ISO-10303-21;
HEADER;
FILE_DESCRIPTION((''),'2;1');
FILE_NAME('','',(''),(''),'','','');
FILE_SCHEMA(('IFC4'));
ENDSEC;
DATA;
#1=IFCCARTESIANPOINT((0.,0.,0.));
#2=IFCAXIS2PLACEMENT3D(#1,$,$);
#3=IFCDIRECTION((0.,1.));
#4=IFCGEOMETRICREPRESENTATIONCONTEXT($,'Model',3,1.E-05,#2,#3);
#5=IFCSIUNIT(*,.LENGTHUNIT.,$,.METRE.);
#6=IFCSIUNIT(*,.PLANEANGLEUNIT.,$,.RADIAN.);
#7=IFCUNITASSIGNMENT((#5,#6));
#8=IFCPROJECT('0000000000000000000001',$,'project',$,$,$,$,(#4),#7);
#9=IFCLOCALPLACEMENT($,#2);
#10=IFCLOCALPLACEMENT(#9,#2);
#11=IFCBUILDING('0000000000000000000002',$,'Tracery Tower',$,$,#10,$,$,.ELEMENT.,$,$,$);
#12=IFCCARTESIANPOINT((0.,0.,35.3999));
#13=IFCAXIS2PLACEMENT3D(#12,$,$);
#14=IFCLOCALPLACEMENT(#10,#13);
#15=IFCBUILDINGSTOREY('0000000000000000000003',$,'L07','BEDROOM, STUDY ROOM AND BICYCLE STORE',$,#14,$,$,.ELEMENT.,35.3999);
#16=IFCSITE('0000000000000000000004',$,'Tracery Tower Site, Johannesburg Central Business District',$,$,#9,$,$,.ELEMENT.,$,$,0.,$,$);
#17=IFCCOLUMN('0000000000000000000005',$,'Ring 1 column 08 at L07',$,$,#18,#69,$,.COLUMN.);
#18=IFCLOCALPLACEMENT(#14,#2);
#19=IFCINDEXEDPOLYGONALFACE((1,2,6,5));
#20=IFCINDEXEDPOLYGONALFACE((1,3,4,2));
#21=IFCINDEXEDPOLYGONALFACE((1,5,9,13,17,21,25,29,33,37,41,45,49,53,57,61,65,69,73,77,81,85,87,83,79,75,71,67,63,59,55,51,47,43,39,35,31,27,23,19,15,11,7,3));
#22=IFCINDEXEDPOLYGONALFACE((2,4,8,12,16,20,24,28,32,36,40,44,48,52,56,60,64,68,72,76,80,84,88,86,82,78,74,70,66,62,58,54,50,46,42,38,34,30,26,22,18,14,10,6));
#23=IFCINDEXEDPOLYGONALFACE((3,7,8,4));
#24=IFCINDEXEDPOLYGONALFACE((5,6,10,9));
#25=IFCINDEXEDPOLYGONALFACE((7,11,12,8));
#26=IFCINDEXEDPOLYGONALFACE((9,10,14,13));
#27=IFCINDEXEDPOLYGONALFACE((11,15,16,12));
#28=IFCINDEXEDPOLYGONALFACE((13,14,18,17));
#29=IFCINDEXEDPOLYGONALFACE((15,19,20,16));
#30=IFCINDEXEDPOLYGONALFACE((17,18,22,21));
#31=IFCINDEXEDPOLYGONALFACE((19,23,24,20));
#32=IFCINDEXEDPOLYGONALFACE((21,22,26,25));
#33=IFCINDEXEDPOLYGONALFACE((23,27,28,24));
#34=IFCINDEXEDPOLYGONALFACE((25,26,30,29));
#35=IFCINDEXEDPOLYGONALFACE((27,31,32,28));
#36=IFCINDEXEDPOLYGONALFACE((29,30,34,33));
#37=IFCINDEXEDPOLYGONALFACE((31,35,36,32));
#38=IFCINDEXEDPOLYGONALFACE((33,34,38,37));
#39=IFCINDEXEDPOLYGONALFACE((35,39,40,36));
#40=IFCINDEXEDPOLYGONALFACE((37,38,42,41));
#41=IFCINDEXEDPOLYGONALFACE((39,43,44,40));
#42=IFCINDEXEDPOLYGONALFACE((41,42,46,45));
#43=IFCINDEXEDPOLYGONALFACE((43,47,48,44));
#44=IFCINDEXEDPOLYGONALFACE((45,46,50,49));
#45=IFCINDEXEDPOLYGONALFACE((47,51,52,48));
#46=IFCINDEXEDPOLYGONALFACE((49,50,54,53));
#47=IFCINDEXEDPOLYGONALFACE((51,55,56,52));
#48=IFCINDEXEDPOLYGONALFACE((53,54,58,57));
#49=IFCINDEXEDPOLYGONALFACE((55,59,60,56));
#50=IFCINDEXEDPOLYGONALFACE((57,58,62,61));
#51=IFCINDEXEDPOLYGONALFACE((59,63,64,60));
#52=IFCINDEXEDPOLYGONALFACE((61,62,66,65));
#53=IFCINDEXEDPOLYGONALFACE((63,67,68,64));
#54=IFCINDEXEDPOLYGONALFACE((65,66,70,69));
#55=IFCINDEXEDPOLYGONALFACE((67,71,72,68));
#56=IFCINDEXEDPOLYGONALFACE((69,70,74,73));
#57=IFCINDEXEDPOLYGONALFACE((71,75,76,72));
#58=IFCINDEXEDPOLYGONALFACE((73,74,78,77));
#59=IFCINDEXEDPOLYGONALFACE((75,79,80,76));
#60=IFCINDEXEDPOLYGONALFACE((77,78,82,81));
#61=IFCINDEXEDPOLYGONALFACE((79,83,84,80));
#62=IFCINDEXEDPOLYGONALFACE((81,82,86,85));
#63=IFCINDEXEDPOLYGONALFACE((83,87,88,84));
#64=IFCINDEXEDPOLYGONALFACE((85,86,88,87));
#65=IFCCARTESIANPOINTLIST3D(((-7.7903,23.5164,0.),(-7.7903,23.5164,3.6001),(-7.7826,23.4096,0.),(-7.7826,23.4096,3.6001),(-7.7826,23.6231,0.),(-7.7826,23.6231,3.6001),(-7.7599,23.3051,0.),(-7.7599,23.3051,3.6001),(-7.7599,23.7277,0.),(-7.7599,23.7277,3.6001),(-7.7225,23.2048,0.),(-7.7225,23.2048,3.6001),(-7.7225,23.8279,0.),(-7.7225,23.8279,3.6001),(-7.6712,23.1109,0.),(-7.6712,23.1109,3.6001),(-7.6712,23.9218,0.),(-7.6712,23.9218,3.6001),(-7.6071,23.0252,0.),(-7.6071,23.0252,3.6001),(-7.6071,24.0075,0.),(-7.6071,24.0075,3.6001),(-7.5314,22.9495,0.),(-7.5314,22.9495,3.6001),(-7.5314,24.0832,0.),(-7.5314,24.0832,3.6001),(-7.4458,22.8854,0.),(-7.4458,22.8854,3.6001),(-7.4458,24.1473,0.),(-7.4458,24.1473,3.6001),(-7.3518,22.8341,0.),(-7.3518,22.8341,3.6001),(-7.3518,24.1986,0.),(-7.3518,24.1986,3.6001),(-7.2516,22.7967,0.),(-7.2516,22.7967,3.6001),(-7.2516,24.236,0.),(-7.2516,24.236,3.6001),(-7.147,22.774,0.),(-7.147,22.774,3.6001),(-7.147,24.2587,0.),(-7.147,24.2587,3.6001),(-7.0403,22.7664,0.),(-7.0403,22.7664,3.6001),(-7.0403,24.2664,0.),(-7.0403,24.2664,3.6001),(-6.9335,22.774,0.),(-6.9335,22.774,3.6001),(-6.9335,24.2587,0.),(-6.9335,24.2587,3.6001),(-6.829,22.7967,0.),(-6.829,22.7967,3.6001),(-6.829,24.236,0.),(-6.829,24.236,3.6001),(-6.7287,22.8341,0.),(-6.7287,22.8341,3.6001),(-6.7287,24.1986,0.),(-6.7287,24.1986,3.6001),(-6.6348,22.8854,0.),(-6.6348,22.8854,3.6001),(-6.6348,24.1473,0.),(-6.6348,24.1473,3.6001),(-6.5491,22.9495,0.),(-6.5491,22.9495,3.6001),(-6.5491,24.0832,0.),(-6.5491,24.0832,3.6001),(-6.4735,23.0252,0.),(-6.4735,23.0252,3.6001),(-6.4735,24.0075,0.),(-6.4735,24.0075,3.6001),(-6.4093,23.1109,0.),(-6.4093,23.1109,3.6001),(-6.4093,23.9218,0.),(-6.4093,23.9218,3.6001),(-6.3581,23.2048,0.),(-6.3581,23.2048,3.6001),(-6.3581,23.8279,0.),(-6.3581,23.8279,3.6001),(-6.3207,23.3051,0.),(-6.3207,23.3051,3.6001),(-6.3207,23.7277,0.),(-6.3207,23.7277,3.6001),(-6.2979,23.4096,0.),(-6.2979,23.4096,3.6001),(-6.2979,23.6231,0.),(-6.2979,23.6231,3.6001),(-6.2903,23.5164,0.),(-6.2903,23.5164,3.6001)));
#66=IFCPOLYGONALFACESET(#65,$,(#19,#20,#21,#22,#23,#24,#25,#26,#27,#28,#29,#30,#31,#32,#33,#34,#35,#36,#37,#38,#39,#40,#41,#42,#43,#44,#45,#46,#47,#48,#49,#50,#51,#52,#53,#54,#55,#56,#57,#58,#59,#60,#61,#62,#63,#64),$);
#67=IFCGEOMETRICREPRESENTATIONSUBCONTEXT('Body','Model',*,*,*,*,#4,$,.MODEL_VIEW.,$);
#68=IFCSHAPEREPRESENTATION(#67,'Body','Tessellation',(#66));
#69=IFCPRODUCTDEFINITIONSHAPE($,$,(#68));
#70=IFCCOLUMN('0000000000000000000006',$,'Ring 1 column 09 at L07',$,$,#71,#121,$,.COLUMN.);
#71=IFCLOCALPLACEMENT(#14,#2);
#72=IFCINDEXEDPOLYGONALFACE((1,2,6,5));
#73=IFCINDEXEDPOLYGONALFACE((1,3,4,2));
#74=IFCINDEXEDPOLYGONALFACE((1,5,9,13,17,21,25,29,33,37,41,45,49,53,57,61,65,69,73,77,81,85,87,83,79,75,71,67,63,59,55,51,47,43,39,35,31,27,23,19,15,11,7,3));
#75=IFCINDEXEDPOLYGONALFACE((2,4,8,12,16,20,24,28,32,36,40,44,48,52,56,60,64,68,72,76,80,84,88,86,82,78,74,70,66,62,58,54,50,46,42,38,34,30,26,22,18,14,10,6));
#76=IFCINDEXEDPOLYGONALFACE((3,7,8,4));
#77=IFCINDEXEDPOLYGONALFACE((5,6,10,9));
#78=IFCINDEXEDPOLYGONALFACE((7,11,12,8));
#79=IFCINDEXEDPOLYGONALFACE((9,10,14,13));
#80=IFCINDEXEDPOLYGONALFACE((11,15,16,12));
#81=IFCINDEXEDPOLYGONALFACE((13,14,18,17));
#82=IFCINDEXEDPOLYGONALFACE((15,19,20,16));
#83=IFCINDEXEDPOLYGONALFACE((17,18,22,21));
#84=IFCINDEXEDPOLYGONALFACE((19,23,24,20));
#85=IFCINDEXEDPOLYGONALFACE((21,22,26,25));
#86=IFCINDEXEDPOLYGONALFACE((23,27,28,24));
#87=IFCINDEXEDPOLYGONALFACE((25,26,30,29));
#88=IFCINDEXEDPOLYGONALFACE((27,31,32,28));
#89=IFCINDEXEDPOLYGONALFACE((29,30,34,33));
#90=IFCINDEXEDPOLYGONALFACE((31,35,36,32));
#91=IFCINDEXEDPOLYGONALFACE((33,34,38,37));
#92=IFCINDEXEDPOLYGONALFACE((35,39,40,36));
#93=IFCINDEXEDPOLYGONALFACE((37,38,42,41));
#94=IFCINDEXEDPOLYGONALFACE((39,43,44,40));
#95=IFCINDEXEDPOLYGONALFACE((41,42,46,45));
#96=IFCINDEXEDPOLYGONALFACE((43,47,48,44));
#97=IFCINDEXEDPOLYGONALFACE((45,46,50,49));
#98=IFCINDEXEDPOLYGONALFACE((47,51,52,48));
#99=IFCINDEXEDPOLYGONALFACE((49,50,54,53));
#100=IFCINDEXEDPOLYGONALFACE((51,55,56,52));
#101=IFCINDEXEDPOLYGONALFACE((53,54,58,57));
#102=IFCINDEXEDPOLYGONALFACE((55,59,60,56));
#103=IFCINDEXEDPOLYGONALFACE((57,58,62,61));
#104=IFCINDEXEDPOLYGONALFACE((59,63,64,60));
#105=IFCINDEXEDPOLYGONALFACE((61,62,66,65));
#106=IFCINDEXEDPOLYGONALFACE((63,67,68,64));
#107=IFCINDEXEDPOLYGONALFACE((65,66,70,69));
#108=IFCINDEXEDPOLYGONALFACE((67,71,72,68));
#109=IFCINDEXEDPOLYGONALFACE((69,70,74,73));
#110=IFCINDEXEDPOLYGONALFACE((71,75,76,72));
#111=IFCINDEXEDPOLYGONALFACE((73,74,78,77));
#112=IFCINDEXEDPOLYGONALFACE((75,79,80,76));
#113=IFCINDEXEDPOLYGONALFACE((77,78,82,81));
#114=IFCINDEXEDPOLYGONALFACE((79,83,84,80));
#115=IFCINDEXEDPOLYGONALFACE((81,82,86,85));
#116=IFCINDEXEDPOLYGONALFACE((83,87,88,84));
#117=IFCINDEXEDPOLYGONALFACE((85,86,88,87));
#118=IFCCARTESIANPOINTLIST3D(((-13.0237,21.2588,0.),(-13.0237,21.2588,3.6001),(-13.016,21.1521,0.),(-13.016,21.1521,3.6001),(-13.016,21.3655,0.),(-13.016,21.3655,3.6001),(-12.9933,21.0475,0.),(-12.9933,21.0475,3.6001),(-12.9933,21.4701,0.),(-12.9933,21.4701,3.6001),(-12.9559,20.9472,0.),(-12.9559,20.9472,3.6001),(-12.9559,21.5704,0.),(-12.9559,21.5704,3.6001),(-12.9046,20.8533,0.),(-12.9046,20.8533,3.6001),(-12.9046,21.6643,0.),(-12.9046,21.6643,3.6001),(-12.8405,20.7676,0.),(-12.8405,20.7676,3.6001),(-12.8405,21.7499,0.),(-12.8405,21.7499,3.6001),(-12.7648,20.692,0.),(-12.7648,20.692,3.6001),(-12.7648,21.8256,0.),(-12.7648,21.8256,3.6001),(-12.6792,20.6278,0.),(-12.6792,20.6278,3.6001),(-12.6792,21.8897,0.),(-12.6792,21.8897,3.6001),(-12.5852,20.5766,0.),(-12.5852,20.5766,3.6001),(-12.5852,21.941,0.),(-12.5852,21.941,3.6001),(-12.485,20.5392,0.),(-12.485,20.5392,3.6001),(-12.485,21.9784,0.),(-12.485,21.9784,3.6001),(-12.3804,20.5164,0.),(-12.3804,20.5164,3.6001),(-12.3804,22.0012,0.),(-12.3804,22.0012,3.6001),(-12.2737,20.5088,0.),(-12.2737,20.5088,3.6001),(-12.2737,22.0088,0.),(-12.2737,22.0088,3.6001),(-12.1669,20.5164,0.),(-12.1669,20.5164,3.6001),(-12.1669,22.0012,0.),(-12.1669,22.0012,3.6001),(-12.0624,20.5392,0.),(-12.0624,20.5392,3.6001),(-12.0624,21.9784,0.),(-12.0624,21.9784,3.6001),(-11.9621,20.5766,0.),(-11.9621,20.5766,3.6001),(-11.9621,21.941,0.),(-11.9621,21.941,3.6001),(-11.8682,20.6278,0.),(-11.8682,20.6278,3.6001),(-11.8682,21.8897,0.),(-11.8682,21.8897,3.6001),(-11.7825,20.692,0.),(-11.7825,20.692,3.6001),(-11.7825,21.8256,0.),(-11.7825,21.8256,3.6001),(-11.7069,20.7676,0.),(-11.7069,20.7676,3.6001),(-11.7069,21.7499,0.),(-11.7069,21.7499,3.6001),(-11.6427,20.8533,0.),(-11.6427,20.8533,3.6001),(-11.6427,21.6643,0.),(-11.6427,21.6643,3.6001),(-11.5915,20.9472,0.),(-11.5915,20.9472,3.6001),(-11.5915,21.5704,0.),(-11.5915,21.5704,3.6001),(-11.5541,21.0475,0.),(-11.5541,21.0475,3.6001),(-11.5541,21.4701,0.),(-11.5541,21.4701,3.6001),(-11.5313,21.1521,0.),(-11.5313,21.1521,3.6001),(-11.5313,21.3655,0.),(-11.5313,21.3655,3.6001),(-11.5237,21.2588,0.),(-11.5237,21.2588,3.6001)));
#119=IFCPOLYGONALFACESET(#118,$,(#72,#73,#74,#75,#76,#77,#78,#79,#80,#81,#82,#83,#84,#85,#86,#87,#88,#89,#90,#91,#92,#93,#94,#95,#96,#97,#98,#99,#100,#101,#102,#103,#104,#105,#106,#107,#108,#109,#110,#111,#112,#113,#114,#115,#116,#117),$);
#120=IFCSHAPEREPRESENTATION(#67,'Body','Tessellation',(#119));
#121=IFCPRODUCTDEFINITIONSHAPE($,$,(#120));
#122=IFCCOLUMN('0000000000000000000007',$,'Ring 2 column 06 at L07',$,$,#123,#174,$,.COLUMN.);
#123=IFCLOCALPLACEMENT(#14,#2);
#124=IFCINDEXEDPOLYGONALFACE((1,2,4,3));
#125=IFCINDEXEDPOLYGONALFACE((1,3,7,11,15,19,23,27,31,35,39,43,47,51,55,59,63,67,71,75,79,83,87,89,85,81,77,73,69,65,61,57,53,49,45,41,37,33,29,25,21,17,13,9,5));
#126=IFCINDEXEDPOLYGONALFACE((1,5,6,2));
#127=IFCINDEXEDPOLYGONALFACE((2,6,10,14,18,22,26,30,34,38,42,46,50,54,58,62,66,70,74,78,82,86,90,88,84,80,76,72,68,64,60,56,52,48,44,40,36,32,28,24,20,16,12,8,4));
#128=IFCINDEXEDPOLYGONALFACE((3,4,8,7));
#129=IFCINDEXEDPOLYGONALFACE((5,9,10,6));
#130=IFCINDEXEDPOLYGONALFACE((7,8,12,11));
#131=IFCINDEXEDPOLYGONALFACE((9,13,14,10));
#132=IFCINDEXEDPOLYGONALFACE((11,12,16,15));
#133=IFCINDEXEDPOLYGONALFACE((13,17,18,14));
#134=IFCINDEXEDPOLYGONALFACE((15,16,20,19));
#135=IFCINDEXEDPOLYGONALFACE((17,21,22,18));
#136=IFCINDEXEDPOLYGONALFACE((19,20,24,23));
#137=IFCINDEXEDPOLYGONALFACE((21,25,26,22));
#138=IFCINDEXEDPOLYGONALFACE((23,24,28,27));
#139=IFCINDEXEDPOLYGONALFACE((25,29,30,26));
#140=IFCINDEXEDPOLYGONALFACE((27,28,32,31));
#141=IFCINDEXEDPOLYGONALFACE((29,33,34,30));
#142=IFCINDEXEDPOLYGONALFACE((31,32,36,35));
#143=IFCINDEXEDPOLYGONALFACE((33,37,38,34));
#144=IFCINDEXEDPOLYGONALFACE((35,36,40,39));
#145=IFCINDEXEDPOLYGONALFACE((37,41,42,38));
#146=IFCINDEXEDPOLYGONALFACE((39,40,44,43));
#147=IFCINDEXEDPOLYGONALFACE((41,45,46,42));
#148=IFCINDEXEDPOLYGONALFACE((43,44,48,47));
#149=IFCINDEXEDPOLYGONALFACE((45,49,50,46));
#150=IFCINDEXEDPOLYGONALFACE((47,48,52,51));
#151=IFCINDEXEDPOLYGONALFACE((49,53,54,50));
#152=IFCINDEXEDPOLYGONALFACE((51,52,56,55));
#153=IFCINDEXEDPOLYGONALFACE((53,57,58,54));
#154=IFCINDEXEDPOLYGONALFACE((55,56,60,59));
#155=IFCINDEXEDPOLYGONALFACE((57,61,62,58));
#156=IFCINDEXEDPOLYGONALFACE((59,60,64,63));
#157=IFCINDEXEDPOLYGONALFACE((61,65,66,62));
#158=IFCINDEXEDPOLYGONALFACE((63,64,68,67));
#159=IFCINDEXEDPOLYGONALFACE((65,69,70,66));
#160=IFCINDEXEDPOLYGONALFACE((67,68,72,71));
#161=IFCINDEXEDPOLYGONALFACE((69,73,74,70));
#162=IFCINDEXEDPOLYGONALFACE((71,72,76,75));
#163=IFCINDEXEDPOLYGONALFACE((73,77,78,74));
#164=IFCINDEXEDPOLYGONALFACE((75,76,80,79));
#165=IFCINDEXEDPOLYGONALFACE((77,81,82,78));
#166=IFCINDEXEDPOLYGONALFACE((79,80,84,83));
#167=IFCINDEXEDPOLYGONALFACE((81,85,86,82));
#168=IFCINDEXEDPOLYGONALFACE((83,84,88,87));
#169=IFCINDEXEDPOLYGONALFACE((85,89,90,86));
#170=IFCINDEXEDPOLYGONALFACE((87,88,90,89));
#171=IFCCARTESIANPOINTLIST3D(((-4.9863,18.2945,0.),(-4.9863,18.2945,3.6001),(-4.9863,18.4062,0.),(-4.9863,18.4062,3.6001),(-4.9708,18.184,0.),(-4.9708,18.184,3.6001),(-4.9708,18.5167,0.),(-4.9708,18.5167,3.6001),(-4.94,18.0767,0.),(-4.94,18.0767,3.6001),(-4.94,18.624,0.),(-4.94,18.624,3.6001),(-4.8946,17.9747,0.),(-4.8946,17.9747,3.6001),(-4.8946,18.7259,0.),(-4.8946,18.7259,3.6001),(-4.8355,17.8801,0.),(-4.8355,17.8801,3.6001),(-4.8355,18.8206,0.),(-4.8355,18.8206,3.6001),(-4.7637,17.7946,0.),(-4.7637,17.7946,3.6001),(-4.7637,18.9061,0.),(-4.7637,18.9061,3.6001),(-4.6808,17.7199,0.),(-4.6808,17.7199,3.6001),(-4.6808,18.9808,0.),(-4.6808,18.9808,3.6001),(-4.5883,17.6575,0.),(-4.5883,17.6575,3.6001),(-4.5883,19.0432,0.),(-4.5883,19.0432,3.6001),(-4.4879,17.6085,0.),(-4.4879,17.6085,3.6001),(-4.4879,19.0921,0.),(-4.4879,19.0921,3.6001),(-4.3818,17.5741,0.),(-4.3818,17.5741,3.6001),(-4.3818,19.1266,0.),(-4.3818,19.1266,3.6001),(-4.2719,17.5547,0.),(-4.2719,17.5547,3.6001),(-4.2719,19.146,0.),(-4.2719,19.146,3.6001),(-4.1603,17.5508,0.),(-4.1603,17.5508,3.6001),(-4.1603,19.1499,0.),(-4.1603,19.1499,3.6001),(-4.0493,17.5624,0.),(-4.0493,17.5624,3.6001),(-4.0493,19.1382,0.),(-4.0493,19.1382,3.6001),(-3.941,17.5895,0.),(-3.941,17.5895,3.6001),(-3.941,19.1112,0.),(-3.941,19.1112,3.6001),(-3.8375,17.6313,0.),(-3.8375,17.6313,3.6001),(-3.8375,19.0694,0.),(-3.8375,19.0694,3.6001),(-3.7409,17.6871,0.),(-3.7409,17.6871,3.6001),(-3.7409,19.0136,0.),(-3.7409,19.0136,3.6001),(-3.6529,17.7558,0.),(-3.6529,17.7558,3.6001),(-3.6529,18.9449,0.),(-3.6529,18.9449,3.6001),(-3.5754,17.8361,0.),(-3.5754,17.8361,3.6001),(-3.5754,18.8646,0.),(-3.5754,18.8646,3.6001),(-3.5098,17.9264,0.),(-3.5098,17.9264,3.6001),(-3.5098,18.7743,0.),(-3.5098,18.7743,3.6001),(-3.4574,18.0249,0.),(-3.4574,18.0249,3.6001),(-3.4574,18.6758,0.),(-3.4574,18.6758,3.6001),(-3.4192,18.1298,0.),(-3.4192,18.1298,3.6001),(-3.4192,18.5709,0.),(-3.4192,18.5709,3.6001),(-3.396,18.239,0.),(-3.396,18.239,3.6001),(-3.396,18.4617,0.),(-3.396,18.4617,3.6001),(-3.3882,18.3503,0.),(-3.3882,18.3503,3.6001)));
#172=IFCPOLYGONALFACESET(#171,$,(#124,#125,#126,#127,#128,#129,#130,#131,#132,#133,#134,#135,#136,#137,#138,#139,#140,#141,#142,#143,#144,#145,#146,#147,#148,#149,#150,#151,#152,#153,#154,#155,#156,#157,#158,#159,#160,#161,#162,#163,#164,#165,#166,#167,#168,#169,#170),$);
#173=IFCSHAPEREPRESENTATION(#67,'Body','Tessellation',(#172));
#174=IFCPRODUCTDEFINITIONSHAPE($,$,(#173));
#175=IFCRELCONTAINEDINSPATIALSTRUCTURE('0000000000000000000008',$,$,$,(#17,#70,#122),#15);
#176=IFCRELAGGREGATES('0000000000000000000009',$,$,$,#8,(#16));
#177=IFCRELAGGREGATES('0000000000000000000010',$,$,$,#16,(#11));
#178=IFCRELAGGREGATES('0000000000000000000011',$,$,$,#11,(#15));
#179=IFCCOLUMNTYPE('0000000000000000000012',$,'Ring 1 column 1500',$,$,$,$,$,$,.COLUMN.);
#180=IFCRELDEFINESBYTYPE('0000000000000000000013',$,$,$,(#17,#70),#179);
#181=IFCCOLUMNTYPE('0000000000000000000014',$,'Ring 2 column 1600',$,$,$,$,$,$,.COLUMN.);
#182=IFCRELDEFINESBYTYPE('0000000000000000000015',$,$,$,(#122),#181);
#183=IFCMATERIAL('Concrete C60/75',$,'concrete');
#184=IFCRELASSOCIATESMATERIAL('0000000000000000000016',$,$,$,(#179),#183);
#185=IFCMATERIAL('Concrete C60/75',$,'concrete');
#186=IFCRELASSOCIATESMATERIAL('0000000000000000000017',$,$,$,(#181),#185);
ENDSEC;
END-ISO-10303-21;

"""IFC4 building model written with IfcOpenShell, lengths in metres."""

from ifc_helpers import new_model, si_unit, direction, frame, origin, origin_2d, place, context, subcontext, project, spatial, circle, extrude, material, material_profile, profile_set, type_object, element, save


model = new_model("IFC4")

# Units and contexts
model_context = context("Model", 3, precision=1e-05, world=origin(), true_north=direction((0.0, 1.0)))
body_context = subcontext(model_context, "Body", "Model", "MODEL_VIEW")
ifc_project = project(units=[si_unit("LENGTHUNIT", "METRE"), si_unit("PLANEANGLEUNIT", "RADIAN")], contexts=[model_context])

# Site, building, storey
site_placement = place(None, origin())
site = spatial("IfcSite", under=ifc_project, at=site_placement, Name="Tracery Tower Site, Johannesburg Central Business District", CompositionType="ELEMENT", RefElevation=0.0)
building_placement = place(site_placement, origin())
building = spatial("IfcBuilding", under=site, at=building_placement, Name="Tracery Tower", CompositionType="ELEMENT")
storey_placement = place(building_placement, frame((0.0, 0.0, 35.3999)))
storey = spatial("IfcBuildingStorey", under=building, at=storey_placement, Name="L07", Description="BEDROOM, STUDY ROOM AND BICYCLE STORE", CompositionType="ELEMENT", Elevation=35.3999)

# Columns
ifc_material_1 = material(Name="Concrete C60/75", Category="concrete")
ifc_material_profile_1 = material_profile(ifc_material_1, circle(Radius=0.75, at=origin_2d()), Name="RC D1500")
ifc_profile_set_1 = profile_set([ifc_material_profile_1], Name="Concrete C60/75")
column_type_1 = type_object("IfcColumnType", Name="Ring 1 column 1500", PredefinedType="COLUMN", material=ifc_profile_set_1)
for number, where, z_axis, x_axis, name in (
    (1, (-7.0403, 23.5164, 0.0), (0.0, 0.0, 1.0), (1.0, 0.0, 0.0), "Ring 1 column 08 at L07"),
    (2, (-12.2737, 21.2588, 0.0), (0.0, 0.0, 1.0), (1.0, 0.0, 0.0), "Ring 1 column 09 at L07"),
):
    element("IfcColumn", number, at=place(storey_placement, frame(where, z_axis=z_axis, x_axis=x_axis)), inside=storey, type_object=column_type_1, Name=name, PredefinedType="COLUMN", context=body_context, shape_type="SweptSolid", body=[
        extrude(circle(Radius=0.75, at=origin_2d()), origin(), (0.0, 0.0, 1.0), 3.6001),
    ])
ifc_material_2 = material(Name="Concrete C60/75", Category="concrete")
ifc_material_profile_2 = material_profile(ifc_material_2, circle(Radius=0.8, at=origin_2d()), Name="RC D1600")
ifc_profile_set_2 = profile_set([ifc_material_profile_2], Name="Concrete C60/75")
column_type_2 = type_object("IfcColumnType", Name="Ring 2 column 1600", PredefinedType="COLUMN", material=ifc_profile_set_2)
for number, where, z_axis, x_axis, name in (
    (3, (-4.1882, 18.3503, 0.0), (0.0, 0.0, 1.0), (1.0, 0.0, 0.0), "Ring 2 column 06 at L07"),
):
    element("IfcColumn", number, at=place(storey_placement, frame(where, z_axis=z_axis, x_axis=x_axis)), inside=storey, type_object=column_type_2, Name=name, PredefinedType="COLUMN", context=body_context, shape_type="SweptSolid", body=[
        extrude(circle(Radius=0.8, at=origin_2d()), origin(), (0.0, 0.0, 1.0), 3.6001),
    ])

save(model, "model.ifc")
